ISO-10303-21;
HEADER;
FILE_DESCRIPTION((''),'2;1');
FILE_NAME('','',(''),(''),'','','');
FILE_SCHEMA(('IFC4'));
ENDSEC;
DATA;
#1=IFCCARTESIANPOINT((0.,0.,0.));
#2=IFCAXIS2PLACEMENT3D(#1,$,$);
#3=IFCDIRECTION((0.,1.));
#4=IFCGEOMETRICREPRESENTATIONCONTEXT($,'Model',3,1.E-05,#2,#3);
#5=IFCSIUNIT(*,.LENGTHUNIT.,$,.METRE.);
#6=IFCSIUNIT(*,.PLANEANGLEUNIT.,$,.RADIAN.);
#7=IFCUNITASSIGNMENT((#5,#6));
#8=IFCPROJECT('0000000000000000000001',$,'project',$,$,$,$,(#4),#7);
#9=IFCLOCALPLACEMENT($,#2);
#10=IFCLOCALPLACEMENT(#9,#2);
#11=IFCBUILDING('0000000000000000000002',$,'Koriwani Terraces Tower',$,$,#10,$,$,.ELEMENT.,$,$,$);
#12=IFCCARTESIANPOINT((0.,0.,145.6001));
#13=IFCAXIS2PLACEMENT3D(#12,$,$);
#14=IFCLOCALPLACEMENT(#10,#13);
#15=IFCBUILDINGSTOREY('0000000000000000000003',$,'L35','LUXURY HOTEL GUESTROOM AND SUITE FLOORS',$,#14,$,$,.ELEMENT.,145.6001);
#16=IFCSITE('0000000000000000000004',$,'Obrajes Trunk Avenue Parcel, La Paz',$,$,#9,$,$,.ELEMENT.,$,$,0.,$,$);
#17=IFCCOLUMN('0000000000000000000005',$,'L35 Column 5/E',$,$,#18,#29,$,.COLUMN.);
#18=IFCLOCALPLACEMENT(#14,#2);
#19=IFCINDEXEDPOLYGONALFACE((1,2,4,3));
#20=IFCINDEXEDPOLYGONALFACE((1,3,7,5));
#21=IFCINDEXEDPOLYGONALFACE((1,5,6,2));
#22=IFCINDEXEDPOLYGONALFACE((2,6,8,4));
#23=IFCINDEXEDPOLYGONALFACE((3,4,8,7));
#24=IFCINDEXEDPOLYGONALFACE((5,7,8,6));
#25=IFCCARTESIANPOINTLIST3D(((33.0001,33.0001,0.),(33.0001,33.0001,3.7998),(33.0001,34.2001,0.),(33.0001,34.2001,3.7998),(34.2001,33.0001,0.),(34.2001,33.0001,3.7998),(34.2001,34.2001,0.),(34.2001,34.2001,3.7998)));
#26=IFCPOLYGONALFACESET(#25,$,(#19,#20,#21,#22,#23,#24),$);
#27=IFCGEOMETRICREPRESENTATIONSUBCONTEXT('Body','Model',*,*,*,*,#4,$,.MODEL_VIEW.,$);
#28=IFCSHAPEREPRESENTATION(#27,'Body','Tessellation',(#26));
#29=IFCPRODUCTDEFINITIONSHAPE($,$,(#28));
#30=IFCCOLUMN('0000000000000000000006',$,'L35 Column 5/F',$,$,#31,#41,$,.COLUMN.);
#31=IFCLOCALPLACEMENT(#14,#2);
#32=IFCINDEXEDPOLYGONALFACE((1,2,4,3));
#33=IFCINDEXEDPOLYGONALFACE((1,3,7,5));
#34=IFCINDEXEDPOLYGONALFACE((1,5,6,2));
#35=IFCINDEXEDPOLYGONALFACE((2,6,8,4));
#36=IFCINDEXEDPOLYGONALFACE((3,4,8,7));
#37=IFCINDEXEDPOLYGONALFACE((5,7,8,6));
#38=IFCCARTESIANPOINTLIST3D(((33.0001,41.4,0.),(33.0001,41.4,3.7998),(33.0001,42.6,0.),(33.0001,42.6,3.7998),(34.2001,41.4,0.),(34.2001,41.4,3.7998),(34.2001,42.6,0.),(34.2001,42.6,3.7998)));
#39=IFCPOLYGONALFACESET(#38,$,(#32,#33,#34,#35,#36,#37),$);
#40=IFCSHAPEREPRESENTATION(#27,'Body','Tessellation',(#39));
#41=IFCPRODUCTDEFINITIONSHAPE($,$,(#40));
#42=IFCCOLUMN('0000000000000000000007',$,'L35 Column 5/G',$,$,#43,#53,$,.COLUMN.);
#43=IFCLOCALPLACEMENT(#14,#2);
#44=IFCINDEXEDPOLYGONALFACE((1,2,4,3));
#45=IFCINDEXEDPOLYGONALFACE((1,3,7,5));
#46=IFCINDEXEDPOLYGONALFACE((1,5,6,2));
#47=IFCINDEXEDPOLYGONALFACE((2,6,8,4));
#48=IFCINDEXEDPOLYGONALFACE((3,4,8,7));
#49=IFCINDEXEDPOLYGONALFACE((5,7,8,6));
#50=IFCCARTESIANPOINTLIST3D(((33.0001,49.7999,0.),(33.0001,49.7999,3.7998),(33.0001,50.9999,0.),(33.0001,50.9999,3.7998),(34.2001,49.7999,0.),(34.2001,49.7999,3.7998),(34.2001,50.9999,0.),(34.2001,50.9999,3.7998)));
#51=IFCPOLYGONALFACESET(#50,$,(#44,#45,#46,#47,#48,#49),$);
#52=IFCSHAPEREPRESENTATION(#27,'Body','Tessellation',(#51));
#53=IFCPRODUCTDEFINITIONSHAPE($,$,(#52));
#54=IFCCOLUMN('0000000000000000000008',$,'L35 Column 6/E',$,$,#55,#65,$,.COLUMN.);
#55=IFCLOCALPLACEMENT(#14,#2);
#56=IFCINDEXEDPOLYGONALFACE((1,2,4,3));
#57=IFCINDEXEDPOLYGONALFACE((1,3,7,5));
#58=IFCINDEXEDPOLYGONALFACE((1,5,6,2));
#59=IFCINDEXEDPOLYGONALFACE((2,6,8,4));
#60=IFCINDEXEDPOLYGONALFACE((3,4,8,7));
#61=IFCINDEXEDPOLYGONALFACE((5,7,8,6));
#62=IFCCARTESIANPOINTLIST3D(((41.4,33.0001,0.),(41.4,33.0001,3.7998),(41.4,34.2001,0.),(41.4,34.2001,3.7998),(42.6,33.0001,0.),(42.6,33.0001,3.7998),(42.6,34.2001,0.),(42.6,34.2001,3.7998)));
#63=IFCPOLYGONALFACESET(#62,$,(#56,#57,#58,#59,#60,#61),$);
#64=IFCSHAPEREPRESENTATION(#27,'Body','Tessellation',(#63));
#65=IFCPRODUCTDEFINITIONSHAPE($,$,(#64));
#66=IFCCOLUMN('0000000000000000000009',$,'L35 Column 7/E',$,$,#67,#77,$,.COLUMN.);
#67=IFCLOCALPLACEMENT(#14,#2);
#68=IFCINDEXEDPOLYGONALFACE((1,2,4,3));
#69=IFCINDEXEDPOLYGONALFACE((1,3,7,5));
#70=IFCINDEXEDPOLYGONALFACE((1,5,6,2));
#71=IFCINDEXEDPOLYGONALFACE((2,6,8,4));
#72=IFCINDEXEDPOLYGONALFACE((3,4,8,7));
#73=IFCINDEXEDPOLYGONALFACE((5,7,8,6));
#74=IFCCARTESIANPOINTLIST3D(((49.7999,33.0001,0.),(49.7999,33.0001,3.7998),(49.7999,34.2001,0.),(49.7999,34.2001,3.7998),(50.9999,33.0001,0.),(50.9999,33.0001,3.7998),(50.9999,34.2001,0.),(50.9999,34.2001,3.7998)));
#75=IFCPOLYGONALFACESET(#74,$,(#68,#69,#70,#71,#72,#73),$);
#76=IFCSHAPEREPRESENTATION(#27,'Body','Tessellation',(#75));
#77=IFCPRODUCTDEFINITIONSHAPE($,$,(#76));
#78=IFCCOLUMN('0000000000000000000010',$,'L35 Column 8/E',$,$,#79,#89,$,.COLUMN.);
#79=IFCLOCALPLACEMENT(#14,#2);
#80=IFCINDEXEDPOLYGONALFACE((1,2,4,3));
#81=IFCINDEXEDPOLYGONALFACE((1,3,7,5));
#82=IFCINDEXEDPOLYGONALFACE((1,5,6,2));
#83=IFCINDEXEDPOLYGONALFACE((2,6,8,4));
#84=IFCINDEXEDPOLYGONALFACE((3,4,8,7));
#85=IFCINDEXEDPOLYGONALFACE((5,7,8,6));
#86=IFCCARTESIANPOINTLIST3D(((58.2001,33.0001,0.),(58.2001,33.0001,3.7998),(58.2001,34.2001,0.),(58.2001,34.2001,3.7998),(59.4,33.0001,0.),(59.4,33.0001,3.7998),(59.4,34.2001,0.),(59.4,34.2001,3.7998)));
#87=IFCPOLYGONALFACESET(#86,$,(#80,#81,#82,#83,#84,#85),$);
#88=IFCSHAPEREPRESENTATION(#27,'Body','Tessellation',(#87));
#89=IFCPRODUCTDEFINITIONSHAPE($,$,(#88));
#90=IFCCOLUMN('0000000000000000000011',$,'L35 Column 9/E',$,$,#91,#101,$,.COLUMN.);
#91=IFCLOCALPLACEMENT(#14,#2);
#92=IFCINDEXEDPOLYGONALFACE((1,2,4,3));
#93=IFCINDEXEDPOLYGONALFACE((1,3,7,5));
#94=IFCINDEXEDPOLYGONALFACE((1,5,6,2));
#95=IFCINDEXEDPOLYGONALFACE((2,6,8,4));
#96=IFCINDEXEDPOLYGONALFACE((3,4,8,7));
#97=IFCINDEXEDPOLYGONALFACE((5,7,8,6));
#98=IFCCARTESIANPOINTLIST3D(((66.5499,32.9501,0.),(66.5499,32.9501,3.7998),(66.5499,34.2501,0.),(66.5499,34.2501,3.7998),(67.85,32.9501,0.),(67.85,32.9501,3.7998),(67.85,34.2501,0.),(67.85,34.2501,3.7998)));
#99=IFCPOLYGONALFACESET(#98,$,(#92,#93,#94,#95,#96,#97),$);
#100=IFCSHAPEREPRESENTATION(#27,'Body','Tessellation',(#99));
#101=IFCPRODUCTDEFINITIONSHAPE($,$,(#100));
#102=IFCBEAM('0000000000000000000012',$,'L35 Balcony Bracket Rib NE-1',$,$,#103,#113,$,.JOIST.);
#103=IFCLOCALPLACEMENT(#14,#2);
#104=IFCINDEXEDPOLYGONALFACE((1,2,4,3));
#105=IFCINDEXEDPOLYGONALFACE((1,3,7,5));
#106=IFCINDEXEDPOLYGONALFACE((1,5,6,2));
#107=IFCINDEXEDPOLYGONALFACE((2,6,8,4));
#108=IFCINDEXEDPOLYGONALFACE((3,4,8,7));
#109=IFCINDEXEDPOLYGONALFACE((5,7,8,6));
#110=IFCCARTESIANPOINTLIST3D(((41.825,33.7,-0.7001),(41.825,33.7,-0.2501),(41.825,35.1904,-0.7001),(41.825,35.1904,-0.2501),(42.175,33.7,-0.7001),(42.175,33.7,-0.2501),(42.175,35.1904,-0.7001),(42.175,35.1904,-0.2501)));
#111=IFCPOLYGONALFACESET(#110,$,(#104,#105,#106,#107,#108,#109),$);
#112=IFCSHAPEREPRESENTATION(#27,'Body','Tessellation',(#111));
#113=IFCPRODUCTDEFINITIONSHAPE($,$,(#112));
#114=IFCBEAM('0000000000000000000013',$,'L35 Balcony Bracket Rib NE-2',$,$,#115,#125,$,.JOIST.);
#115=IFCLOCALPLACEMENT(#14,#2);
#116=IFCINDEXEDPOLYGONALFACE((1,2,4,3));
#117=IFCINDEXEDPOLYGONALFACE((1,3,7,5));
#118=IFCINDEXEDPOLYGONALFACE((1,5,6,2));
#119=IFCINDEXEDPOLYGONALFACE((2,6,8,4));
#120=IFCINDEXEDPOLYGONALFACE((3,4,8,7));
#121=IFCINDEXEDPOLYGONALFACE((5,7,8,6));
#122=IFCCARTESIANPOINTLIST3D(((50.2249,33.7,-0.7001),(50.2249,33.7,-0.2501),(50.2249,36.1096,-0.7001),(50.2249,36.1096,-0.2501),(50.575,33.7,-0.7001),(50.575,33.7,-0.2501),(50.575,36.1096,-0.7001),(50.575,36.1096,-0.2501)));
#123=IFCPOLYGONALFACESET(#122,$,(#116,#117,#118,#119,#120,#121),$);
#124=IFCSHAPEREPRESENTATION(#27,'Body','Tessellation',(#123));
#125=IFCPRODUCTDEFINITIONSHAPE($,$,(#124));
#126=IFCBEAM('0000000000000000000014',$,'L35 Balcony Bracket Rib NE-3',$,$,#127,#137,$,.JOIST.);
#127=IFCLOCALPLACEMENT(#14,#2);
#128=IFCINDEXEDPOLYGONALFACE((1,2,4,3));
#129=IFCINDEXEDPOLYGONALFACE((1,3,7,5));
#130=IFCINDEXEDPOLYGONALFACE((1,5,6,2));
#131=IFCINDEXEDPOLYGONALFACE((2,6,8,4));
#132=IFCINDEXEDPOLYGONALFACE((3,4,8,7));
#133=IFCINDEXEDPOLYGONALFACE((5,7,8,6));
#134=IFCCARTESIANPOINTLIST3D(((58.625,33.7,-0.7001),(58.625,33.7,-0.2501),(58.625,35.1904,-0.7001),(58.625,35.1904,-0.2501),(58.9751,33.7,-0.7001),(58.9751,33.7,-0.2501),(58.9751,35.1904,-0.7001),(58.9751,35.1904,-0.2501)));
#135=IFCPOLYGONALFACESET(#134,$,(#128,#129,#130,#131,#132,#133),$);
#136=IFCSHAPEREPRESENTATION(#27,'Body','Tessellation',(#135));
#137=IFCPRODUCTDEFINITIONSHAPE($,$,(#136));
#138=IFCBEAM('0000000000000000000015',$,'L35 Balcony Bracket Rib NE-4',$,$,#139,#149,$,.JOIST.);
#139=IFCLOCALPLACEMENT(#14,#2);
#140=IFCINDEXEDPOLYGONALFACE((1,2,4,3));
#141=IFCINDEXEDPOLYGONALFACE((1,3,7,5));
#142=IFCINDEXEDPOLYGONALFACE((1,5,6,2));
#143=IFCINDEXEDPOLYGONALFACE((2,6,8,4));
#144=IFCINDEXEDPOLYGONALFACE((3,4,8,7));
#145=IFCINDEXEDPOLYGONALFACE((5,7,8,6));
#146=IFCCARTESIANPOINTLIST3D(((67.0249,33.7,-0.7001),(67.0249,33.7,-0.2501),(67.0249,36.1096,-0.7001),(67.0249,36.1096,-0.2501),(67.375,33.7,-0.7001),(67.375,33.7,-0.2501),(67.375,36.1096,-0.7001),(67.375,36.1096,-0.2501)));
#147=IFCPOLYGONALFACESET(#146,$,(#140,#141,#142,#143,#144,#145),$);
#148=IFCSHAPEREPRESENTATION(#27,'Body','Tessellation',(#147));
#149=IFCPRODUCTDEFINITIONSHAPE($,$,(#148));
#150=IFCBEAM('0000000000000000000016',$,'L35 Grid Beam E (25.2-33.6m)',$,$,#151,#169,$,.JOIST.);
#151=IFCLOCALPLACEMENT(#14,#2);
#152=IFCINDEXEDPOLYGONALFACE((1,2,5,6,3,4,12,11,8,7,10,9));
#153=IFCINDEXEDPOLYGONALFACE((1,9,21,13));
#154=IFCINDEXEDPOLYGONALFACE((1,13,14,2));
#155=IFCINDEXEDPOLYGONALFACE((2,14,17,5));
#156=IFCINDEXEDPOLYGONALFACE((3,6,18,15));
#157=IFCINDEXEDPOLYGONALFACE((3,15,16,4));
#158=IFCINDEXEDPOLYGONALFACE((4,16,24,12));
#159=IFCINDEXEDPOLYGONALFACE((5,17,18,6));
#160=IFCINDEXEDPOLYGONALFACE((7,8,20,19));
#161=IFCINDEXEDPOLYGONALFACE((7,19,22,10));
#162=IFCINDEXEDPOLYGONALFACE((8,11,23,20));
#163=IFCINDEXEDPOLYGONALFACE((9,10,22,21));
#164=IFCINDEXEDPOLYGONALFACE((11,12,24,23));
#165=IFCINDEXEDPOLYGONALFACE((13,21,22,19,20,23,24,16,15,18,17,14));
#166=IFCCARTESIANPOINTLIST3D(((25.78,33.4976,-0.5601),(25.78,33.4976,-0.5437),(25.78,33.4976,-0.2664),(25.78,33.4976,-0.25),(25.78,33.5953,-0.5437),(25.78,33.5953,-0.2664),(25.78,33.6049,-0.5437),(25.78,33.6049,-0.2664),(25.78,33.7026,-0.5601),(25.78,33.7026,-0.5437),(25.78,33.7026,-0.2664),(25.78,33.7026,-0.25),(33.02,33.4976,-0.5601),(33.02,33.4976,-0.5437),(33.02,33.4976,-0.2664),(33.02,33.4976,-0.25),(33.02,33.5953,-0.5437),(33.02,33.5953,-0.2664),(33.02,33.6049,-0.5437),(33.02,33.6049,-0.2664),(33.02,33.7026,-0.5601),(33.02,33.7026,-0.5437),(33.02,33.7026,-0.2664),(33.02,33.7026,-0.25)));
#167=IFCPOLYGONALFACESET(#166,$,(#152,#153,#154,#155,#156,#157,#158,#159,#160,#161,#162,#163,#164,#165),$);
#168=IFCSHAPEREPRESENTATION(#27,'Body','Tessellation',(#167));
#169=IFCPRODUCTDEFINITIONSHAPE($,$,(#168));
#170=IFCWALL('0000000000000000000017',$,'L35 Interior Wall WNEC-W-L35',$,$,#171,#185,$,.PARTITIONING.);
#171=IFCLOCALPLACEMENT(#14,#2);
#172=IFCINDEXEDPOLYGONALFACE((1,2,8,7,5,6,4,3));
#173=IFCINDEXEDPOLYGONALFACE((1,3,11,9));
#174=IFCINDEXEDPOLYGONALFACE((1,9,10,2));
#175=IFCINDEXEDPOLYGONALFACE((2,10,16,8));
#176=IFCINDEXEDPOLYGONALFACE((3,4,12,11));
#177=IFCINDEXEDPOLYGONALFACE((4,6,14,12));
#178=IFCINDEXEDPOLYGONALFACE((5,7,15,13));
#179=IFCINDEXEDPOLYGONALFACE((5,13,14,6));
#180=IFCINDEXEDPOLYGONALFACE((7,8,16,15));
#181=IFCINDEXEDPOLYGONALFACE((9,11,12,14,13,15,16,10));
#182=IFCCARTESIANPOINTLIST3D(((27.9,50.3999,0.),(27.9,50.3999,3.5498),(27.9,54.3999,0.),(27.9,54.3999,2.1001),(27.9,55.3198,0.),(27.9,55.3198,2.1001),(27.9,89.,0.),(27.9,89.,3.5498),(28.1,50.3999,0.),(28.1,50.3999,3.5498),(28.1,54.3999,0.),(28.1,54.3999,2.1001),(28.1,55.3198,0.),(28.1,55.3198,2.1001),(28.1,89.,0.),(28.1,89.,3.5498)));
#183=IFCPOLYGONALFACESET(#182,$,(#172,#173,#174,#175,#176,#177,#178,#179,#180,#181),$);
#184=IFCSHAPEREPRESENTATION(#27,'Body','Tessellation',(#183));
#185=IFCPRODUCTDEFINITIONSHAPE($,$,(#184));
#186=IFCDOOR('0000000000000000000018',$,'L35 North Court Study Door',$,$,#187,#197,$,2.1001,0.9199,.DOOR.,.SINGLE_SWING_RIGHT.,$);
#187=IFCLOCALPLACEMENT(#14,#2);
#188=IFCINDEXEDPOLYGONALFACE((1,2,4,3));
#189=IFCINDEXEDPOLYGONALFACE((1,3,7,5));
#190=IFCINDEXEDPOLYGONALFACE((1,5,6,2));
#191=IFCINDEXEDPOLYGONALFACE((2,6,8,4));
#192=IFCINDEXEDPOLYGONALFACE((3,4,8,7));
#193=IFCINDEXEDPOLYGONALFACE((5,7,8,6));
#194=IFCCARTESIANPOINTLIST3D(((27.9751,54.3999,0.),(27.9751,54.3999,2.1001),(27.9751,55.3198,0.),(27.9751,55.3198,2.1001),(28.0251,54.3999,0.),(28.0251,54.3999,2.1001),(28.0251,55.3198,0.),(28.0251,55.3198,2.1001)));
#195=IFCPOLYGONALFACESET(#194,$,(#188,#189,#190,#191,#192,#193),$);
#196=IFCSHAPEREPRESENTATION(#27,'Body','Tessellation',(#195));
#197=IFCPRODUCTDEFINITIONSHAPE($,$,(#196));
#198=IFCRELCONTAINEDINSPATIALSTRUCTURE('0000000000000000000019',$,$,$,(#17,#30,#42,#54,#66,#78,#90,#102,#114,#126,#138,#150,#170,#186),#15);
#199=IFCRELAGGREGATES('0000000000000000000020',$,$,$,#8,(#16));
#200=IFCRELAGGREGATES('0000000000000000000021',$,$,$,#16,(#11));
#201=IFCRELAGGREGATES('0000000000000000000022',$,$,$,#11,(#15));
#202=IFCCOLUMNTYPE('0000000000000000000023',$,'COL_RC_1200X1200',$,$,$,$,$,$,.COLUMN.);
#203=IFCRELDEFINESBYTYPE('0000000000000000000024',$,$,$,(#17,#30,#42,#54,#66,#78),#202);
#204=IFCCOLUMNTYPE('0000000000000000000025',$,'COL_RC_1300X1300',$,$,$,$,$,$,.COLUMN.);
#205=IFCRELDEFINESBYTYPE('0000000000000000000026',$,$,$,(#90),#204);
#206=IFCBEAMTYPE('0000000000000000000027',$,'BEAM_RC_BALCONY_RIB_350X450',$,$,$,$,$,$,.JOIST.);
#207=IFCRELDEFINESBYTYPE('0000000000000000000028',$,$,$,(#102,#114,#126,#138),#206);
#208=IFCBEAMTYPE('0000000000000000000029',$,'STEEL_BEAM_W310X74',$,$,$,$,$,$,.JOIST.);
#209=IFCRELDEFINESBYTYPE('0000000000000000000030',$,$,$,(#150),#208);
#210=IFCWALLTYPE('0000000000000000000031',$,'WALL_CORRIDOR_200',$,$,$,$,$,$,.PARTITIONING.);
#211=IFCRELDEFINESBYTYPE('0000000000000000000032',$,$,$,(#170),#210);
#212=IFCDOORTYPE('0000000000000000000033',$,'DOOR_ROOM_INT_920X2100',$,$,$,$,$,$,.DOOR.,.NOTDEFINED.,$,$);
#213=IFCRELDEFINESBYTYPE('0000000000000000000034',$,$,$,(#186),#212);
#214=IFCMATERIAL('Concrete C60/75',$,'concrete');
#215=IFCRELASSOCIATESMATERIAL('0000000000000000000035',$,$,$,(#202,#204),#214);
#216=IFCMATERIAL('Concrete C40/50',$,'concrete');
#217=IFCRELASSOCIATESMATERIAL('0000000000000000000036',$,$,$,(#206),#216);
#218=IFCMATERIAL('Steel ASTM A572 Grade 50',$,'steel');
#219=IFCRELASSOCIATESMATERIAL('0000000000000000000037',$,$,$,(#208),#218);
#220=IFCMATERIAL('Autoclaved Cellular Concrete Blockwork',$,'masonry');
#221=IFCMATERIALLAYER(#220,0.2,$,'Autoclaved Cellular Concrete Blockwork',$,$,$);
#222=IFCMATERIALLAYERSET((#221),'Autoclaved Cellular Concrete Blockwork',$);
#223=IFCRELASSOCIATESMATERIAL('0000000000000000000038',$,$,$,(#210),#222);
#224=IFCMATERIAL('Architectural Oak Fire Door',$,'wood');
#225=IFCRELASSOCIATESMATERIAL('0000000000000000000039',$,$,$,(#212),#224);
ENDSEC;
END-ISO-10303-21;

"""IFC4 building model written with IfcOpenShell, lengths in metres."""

from ifc_helpers import new_model, si_unit, direction, frame, frame_2d, origin, origin_2d, place, context, subcontext, project, spatial, rectangle, i_section, extrude, material, layer, layer_set, material_profile, profile_set, type_object, element, fill, save


model = new_model("IFC4")

# Units and contexts
model_context = context("Model", 3, precision=1e-05, world=origin(), true_north=direction((0.0, 1.0)))
body_context = subcontext(model_context, "Body", "Model", "MODEL_VIEW")
ifc_project = project(units=[si_unit("LENGTHUNIT", "METRE"), si_unit("PLANEANGLEUNIT", "RADIAN")], contexts=[model_context])

# Site, building, storey
site_placement = place(None, origin())
site = spatial("IfcSite", under=ifc_project, at=site_placement, Name="Obrajes Trunk Avenue Parcel, La Paz", CompositionType="ELEMENT", RefElevation=0.0)
building_placement = place(site_placement, origin())
building = spatial("IfcBuilding", under=site, at=building_placement, Name="Koriwani Terraces Tower", CompositionType="ELEMENT")
storey_placement = place(building_placement, frame((0.0, 0.0, 145.6001)))
storey = spatial("IfcBuildingStorey", under=building, at=storey_placement, Name="L35", Description="LUXURY HOTEL GUESTROOM AND SUITE FLOORS", CompositionType="ELEMENT", Elevation=145.6001)

# Columns
ifc_material_1 = material(Name="Concrete C60/75", Category="concrete")
ifc_material_profile_1 = material_profile(ifc_material_1, rectangle(XDim=1.2, YDim=1.2, at=origin_2d()), Name="Concrete C60/75", Category="LoadBearing")
ifc_profile_set_1 = profile_set([ifc_material_profile_1], Name="Concrete C60/75")
column_type_1 = type_object("IfcColumnType", Name="COL_RC_1200X1200", PredefinedType="COLUMN", material=ifc_profile_set_1)
for number, where, z_axis, x_axis, name in (
    (1, (33.6001, 33.6001, 0.0), (0.0, 0.0, 1.0), (1.0, 0.0, 0.0), "L35 Column 5/E"),
    (2, (33.6001, 42.0, 0.0), (0.0, 0.0, 1.0), (1.0, 0.0, 0.0), "L35 Column 5/F"),
    (3, (33.6001, 50.3999, 0.0), (0.0, 0.0, 1.0), (1.0, 0.0, 0.0), "L35 Column 5/G"),
    (4, (42.0, 33.6001, 0.0), (0.0, 0.0, 1.0), (1.0, 0.0, 0.0), "L35 Column 6/E"),
    (5, (50.3999, 33.6001, 0.0), (0.0, 0.0, 1.0), (1.0, 0.0, 0.0), "L35 Column 7/E"),
    (6, (58.8, 33.6001, 0.0), (0.0, 0.0, 1.0), (1.0, 0.0, 0.0), "L35 Column 8/E"),
):
    element("IfcColumn", number, at=place(storey_placement, frame(where, z_axis=z_axis, x_axis=x_axis)), inside=storey, type_object=column_type_1, Name=name, PredefinedType="COLUMN", context=body_context, shape_type="SweptSolid", body=[
        extrude(rectangle(XDim=1.2, YDim=1.2, at=origin_2d()), origin(), (0.0, 0.0, 1.0), 3.7998),
    ])
ifc_material_profile_2 = material_profile(ifc_material_1, rectangle(XDim=1.3, YDim=1.3, at=origin_2d()), Name="Concrete C60/75", Category="LoadBearing")
ifc_profile_set_2 = profile_set([ifc_material_profile_2], Name="Concrete C60/75")
column_type_2 = type_object("IfcColumnType", Name="COL_RC_1300X1300", PredefinedType="COLUMN", material=ifc_profile_set_2)
column_placement = place(storey_placement, frame((67.2, 33.6001, 0.0), z_axis=(0.0, 0.0, 1.0), x_axis=(1.0, 0.0, 0.0)))
element("IfcColumn", 7, at=column_placement, inside=storey, type_object=column_type_2, Name="L35 Column 9/E", PredefinedType="COLUMN", context=body_context, shape_type="SweptSolid", body=[
    extrude(rectangle(XDim=1.3, YDim=1.3, at=origin_2d()), origin(), (0.0, 0.0, 1.0), 3.7998),
])

# Beams
ifc_material_2 = material(Name="Concrete C40/50", Category="concrete")
ifc_material_profile_3 = material_profile(ifc_material_2, rectangle(XDim=0.3501, YDim=0.45, at=origin_2d()), Name="Concrete C40/50", Category="LoadBearing")
ifc_profile_set_3 = profile_set([ifc_material_profile_3], Name="Concrete C40/50")
beam_type_1 = type_object("IfcBeamType", Name="BEAM_RC_BALCONY_RIB_350X450", PredefinedType="JOIST", material=ifc_profile_set_3)
beam_1_placement = place(storey_placement, frame((42.0, 33.7, -0.4751), z_axis=(0.0, 1.0, 0.0), x_axis=(-1.0, 0.0, 0.0)))
element("IfcBeam", 8, at=beam_1_placement, inside=storey, type_object=beam_type_1, Name="L35 Balcony Bracket Rib NE-1", PredefinedType="JOIST", context=body_context, shape_type="SweptSolid", body=[
    extrude(rectangle(XDim=0.3501, YDim=0.45, at=origin_2d()), origin(), (0.0, 0.0, 1.0), 1.4905),
])
beam_2_placement = place(storey_placement, frame((50.3999, 33.7, -0.4751), z_axis=(0.0, 1.0, 0.0), x_axis=(-1.0, 0.0, 0.0)))
element("IfcBeam", 9, at=beam_2_placement, inside=storey, type_object=beam_type_1, Name="L35 Balcony Bracket Rib NE-2", PredefinedType="JOIST", context=body_context, shape_type="SweptSolid", body=[
    extrude(rectangle(XDim=0.3501, YDim=0.45, at=origin_2d()), origin(), (0.0, 0.0, 1.0), 2.4097),
])
beam_3_placement = place(storey_placement, frame((58.8, 33.7, -0.4751), z_axis=(0.0, 1.0, 0.0), x_axis=(-1.0, 0.0, 0.0)))
element("IfcBeam", 10, at=beam_3_placement, inside=storey, type_object=beam_type_1, Name="L35 Balcony Bracket Rib NE-3", PredefinedType="JOIST", context=body_context, shape_type="SweptSolid", body=[
    extrude(rectangle(XDim=0.3501, YDim=0.45, at=origin_2d()), origin(), (0.0, 0.0, 1.0), 1.4905),
])
beam_4_placement = place(storey_placement, frame((67.2, 33.7, -0.4751), z_axis=(0.0, 1.0, 0.0), x_axis=(-1.0, 0.0, 0.0)))
element("IfcBeam", 11, at=beam_4_placement, inside=storey, type_object=beam_type_1, Name="L35 Balcony Bracket Rib NE-4", PredefinedType="JOIST", context=body_context, shape_type="SweptSolid", body=[
    extrude(rectangle(XDim=0.3501, YDim=0.45, at=origin_2d()), origin(), (0.0, 0.0, 1.0), 2.4097),
])
ifc_material_3 = material(Name="Steel ASTM A572 Grade 50", Category="steel")
ifc_material_profile_4 = material_profile(ifc_material_3, i_section(OverallWidth=0.2051, OverallDepth=0.3101, WebThickness=0.0095, FlangeThickness=0.0164, at=origin_2d()), Name="Steel ASTM A572 Grade 50", Category="LoadBearing")
ifc_profile_set_4 = profile_set([ifc_material_profile_4], Name="Steel ASTM A572 Grade 50")
beam_type_2 = type_object("IfcBeamType", Name="STEEL_BEAM_W310X74", PredefinedType="JOIST", material=ifc_profile_set_4)
beam_5_placement = place(storey_placement, frame((25.78, 33.6001, -0.405), z_axis=(1.0, 0.0, 0.0), x_axis=(0.0, 1.0, 0.0)))
element("IfcBeam", 12, at=beam_5_placement, inside=storey, type_object=beam_type_2, Name="L35 Grid Beam E (25.2-33.6m)", PredefinedType="JOIST", context=body_context, shape_type="SweptSolid", body=[
    extrude(i_section(OverallWidth=0.2051, OverallDepth=0.3101, WebThickness=0.0095, FlangeThickness=0.0164, at=origin_2d()), origin(), (0.0, 0.0, 1.0), 7.24),
])

# Wall, opening, door
ifc_material_4 = material(Name="Autoclaved Cellular Concrete Blockwork", Category="masonry")
ifc_layer_1 = layer(ifc_material_4, 0.2, Name="Autoclaved Cellular Concrete Blockwork")
ifc_layer_set_1 = layer_set([ifc_layer_1], Name="Autoclaved Cellular Concrete Blockwork")
wall_type_1 = type_object("IfcWallType", Name="WALL_CORRIDOR_200", PredefinedType="PARTITIONING", material=ifc_layer_set_1)
wall_1_placement = place(storey_placement, frame((28.0, 50.3999, 0.0), z_axis=(0.0, 0.0, 1.0), x_axis=(0.0, 1.0, 0.0)))
wall_1 = element("IfcWall", 13, at=wall_1_placement, inside=storey, type_object=wall_type_1, Name="L35 Interior Wall WNEC-W-L35", PredefinedType="PARTITIONING", context=body_context, shape_type="SweptSolid", body=[
    extrude(rectangle(XDim=38.6001, YDim=0.2, at=frame_2d((19.3, 0.0))), origin(), (0.0, 0.0, 1.0), 3.5498),
])
opening_1_placement = place(wall_1_placement, frame((4.0, 0.0, 0.0)))
opening_1 = element("IfcOpeningElement", 14, at=opening_1_placement, cuts=wall_1, PredefinedType="OPENING", context=body_context, shape_type="SweptSolid", body=[
    extrude(rectangle(XDim=0.9199, YDim=2.1001, at=frame_2d((0.46, 1.05))), frame((0.0, 0.1099, 0.0), z_axis=(0.0, -1.0, 0.0), x_axis=(1.0, 0.0, 0.0)), (0.0, 0.0, 1.0), 0.22),
])
ifc_material_5 = material(Name="Architectural Oak Fire Door", Category="wood")
door_type_1 = type_object("IfcDoorType", Name="DOOR_ROOM_INT_920X2100", OperationType="NOTDEFINED", PredefinedType="DOOR", material=ifc_material_5)
door_1_placement = place(opening_1_placement, origin())
door_1 = element("IfcDoor", 15, at=door_1_placement, inside=storey, type_object=door_type_1, Name="L35 North Court Study Door", OperationType="SINGLE_SWING_RIGHT", OverallHeight=2.1001, OverallWidth=0.9199, PredefinedType="DOOR", context=body_context, shape_type="SweptSolid", body=[
    extrude(rectangle(XDim=0.9199, YDim=2.1001, at=frame_2d((0.46, 1.05))), frame((0.0, 0.0249, 0.0), z_axis=(0.0, -1.0, 0.0), x_axis=(1.0, 0.0, 0.0)), (0.0, 0.0, 1.0), 0.05),
])
fill(opening_1, door_1)

save(model, "model.ifc")
